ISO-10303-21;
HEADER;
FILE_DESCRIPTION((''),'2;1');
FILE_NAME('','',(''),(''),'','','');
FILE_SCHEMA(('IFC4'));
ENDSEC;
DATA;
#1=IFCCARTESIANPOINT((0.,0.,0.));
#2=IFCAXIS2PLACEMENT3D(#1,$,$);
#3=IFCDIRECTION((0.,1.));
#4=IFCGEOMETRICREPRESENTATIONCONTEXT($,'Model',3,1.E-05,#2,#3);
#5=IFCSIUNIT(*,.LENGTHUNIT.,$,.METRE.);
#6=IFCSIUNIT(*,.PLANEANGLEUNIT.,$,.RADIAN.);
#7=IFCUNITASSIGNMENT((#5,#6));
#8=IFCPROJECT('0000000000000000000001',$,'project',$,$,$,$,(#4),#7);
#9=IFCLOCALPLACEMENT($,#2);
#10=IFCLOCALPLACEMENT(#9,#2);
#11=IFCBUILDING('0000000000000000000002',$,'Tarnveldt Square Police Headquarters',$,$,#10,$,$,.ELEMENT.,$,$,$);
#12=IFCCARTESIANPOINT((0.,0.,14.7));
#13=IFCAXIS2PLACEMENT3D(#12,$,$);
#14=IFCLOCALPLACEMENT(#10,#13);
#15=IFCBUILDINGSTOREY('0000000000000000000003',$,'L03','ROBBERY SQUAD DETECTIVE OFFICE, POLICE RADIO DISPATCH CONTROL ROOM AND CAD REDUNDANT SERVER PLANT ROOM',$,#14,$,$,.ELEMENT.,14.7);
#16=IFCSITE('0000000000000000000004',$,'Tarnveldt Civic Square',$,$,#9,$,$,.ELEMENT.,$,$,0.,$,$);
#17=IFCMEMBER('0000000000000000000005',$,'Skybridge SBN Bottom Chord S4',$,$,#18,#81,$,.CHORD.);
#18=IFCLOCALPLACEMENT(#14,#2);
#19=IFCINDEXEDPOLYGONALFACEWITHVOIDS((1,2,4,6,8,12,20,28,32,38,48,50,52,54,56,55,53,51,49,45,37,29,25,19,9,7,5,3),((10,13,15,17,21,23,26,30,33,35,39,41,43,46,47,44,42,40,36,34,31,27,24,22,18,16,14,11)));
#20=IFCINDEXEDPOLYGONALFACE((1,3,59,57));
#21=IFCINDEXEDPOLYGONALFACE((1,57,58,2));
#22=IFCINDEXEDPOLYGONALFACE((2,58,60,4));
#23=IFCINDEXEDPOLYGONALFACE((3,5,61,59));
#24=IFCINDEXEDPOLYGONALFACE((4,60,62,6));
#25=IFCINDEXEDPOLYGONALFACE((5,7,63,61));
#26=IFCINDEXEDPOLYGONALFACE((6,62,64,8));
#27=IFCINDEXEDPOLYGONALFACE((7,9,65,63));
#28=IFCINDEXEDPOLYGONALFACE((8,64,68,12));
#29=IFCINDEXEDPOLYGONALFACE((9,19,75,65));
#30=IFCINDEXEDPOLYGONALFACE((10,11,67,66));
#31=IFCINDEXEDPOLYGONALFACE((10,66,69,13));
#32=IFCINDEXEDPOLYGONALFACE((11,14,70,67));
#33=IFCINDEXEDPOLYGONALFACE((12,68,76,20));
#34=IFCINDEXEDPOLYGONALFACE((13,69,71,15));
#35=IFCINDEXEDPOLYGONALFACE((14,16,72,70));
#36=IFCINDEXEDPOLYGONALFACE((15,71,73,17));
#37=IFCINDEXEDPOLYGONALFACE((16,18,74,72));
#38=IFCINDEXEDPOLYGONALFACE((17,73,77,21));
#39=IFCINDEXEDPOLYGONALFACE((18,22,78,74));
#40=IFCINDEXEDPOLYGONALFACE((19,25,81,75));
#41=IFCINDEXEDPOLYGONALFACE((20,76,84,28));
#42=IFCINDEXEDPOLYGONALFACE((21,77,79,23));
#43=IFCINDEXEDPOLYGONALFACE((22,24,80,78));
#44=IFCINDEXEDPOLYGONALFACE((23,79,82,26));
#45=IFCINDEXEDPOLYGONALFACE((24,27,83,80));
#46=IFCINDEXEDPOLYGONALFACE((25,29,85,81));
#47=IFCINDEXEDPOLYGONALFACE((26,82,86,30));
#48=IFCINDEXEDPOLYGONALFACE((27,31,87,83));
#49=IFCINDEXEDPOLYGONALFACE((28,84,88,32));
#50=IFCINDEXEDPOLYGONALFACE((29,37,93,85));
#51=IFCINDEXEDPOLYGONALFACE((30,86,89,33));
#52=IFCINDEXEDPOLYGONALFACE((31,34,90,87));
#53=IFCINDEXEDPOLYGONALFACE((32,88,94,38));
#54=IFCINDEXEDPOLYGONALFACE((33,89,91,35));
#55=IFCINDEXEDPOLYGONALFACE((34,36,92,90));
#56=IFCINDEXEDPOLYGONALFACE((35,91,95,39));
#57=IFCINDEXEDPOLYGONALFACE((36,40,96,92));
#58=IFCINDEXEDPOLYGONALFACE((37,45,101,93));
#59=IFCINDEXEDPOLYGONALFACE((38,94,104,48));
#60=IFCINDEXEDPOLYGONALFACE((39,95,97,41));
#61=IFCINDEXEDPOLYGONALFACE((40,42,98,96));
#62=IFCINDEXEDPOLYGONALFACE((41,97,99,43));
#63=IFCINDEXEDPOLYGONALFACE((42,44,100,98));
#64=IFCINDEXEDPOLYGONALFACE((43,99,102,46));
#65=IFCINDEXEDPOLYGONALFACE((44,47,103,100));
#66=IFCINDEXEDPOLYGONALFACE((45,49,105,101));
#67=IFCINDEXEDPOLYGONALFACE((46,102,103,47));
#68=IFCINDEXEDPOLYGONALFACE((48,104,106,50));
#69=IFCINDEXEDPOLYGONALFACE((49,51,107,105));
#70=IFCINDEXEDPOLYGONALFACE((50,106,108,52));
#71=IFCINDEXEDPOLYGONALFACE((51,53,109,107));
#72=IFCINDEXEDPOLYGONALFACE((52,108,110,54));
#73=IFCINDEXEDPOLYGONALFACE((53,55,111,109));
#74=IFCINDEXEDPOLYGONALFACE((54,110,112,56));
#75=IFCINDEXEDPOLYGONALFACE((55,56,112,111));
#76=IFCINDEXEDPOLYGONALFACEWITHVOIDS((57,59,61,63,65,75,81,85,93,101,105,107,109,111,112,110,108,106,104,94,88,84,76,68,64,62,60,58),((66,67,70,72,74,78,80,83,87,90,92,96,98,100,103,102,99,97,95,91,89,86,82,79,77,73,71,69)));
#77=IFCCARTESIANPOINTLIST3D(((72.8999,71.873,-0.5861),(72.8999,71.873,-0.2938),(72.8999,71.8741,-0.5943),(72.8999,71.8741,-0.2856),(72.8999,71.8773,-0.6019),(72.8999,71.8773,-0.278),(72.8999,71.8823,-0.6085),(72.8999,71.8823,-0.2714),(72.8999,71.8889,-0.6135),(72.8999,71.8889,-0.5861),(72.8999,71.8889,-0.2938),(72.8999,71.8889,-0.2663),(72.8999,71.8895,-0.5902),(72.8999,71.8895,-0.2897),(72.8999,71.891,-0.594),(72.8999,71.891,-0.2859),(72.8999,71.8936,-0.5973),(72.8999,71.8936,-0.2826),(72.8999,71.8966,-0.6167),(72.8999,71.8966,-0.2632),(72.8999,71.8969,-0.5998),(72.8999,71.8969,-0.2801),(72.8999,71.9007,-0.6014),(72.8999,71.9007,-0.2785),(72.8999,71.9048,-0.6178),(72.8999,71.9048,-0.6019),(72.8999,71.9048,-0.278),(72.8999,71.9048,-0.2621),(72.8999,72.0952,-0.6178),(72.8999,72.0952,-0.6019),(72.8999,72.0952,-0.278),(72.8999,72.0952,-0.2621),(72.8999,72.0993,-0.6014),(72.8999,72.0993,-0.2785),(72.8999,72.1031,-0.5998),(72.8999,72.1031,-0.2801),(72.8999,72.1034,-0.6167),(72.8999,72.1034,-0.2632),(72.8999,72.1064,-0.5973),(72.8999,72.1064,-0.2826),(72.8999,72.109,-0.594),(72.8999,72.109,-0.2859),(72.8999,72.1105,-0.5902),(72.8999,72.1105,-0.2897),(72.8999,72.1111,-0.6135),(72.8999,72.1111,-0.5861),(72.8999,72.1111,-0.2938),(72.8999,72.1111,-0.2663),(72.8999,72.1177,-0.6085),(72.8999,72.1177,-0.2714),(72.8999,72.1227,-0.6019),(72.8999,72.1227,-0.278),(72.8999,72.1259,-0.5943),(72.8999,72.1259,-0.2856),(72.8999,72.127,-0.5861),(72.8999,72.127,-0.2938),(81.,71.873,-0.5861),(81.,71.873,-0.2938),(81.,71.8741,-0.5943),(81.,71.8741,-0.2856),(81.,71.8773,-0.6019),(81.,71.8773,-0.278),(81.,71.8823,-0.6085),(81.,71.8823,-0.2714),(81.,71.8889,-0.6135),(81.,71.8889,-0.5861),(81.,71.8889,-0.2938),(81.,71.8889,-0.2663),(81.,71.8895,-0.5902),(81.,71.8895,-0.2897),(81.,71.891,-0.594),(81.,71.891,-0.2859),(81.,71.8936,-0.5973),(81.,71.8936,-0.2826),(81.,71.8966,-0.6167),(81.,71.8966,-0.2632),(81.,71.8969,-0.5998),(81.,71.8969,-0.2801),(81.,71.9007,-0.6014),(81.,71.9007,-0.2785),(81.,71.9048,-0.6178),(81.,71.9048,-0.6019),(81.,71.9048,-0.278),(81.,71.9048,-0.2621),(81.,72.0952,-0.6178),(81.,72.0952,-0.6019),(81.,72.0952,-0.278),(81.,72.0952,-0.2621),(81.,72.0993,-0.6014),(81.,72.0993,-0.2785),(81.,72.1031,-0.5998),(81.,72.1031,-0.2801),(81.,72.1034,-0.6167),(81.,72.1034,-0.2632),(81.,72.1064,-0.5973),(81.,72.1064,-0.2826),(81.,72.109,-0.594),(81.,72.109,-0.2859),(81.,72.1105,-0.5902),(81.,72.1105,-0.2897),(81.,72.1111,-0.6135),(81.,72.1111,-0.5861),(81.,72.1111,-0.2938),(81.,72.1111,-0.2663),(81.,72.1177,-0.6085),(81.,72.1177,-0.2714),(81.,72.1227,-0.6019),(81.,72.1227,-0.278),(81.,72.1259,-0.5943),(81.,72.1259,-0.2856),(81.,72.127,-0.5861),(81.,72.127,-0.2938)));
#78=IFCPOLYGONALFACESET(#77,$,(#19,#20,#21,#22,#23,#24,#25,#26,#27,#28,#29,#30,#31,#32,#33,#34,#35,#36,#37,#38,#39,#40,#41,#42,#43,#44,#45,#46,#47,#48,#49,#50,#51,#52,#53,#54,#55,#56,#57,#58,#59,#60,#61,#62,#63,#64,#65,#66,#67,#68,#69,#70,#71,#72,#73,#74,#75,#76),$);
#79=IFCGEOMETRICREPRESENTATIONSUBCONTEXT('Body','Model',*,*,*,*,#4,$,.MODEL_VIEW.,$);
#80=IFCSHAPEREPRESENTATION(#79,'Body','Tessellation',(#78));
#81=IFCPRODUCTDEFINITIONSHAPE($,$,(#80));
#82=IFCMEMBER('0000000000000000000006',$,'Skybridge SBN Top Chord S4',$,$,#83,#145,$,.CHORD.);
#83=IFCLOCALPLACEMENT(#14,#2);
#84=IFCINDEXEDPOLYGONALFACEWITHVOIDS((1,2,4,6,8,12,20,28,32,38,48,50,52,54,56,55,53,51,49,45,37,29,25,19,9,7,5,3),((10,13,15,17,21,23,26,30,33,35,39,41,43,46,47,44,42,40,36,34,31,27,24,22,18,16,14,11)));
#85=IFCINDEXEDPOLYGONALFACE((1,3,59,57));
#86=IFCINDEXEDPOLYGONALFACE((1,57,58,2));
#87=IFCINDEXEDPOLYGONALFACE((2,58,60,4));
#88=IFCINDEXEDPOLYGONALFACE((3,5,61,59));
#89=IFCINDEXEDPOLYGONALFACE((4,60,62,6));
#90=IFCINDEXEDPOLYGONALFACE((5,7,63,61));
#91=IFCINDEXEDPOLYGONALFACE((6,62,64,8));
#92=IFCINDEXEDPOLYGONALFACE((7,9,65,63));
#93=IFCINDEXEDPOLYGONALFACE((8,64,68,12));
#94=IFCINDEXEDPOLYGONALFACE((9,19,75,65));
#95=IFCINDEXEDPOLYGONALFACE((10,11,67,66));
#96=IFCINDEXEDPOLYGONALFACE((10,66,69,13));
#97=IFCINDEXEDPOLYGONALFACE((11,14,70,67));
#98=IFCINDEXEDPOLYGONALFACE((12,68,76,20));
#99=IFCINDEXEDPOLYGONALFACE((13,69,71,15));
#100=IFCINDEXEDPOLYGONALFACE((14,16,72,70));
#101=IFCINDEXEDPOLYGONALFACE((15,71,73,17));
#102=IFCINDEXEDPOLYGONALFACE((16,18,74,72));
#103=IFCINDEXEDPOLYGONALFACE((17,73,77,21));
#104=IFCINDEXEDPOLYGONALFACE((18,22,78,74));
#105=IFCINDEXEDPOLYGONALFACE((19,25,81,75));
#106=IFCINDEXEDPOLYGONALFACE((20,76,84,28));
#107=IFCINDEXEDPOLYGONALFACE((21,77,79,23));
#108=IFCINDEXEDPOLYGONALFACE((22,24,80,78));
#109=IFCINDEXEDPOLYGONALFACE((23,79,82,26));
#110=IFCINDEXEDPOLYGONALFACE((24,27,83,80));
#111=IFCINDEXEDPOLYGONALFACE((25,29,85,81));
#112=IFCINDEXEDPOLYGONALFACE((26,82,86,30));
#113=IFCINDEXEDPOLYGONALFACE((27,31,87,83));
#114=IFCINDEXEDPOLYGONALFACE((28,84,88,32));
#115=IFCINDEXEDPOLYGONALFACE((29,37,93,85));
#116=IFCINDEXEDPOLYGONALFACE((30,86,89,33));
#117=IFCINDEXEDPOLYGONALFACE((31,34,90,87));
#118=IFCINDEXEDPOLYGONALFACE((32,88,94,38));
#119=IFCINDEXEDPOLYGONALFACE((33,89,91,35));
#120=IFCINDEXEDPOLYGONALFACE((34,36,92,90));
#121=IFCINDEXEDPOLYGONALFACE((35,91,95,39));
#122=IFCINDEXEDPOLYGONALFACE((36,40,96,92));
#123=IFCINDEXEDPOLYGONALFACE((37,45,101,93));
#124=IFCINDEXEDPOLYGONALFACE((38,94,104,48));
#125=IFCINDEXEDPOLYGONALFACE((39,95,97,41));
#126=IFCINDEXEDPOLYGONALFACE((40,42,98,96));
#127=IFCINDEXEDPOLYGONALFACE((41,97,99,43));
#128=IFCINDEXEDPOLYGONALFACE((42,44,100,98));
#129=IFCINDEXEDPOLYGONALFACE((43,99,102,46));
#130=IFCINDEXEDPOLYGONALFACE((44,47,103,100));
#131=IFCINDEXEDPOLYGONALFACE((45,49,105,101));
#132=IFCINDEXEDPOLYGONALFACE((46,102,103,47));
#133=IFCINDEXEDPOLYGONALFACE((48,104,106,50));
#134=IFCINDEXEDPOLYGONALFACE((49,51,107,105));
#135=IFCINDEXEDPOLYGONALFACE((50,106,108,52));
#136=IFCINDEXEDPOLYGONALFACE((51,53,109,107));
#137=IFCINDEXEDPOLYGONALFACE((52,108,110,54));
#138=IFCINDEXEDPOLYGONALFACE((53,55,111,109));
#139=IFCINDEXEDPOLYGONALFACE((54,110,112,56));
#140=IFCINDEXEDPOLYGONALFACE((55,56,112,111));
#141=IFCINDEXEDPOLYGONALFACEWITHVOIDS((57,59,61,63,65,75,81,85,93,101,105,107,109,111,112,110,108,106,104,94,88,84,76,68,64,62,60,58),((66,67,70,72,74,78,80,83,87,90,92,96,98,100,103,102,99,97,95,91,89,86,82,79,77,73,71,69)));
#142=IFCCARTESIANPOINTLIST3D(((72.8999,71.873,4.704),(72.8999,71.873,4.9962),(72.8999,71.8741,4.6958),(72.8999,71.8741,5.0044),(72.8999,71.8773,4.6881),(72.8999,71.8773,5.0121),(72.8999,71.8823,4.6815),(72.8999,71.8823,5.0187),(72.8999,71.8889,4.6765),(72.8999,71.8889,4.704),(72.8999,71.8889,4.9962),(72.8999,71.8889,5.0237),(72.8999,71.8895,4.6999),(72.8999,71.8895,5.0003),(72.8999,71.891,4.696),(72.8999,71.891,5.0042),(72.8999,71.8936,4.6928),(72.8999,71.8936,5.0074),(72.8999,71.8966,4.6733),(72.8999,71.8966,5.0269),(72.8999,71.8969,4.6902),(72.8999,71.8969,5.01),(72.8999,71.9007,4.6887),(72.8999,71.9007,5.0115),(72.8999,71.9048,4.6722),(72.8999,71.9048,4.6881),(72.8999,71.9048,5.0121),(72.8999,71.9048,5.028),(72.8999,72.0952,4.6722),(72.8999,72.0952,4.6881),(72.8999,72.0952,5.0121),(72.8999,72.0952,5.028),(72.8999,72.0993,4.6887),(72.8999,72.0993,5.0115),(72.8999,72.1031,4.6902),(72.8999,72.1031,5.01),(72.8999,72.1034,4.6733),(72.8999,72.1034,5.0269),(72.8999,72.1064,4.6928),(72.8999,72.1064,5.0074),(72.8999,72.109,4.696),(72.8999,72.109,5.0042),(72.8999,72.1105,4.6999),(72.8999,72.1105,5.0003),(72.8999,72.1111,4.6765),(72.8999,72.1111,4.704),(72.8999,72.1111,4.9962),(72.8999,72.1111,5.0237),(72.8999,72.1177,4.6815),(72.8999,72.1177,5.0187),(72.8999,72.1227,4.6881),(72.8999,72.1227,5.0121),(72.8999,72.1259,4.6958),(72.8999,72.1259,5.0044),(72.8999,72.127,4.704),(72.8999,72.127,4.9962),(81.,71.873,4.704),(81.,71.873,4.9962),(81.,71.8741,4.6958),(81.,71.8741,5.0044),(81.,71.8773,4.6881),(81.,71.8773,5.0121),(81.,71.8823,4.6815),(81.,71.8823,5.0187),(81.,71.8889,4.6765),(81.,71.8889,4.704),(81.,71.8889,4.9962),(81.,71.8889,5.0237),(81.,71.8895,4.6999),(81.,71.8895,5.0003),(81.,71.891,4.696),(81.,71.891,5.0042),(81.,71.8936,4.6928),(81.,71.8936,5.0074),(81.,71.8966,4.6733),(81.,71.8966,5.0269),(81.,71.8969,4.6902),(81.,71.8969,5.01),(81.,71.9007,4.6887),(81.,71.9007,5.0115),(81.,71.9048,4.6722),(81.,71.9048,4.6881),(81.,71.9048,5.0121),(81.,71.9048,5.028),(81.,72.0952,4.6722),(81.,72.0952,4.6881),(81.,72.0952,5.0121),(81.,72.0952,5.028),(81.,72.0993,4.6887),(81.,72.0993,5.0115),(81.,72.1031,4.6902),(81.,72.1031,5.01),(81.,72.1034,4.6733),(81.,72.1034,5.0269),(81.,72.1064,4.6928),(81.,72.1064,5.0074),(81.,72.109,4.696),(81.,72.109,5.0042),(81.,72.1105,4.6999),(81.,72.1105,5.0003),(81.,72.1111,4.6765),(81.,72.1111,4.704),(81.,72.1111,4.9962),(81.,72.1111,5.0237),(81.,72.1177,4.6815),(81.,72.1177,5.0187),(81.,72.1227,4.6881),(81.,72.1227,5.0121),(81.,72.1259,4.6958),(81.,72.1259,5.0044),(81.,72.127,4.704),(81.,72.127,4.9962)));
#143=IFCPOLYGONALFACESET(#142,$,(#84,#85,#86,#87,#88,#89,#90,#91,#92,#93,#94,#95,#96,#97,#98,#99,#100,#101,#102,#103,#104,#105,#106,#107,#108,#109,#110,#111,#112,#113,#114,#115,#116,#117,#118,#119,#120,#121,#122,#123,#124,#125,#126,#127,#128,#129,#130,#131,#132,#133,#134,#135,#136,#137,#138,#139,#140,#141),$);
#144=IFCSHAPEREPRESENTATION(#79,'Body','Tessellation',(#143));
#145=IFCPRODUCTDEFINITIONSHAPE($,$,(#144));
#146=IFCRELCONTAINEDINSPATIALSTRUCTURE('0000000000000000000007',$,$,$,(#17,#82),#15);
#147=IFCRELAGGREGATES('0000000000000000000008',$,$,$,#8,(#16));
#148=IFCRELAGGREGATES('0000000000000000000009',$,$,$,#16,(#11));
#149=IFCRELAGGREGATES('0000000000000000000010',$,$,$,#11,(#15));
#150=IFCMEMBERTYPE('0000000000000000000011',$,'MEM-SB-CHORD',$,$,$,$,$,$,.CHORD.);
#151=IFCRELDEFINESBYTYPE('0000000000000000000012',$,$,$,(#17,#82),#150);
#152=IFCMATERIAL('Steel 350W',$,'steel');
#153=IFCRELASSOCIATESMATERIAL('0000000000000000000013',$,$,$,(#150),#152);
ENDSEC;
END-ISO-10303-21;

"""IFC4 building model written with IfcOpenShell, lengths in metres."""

from ifc_helpers import new_model, si_unit, direction, frame, origin, origin_2d, place, context, subcontext, project, spatial, hollow_rectangle, extrude, material, material_profile, profile_set, type_object, element, save


model = new_model("IFC4")

# Units and contexts
model_context = context("Model", 3, precision=1e-05, world=origin(), true_north=direction((0.0, 1.0)))
body_context = subcontext(model_context, "Body", "Model", "MODEL_VIEW")
ifc_project = project(units=[si_unit("LENGTHUNIT", "METRE"), si_unit("PLANEANGLEUNIT", "RADIAN")], contexts=[model_context])

# Site, building, storey
site_placement = place(None, origin())
site = spatial("IfcSite", under=ifc_project, at=site_placement, Name="Tarnveldt Civic Square", CompositionType="ELEMENT", RefElevation=0.0)
building_placement = place(site_placement, origin())
building = spatial("IfcBuilding", under=site, at=building_placement, Name="Tarnveldt Square Police Headquarters", CompositionType="ELEMENT")
storey_placement = place(building_placement, frame((0.0, 0.0, 14.7)))
storey = spatial("IfcBuildingStorey", under=building, at=storey_placement, Name="L03", Description="ROBBERY SQUAD DETECTIVE OFFICE, POLICE RADIO DISPATCH CONTROL ROOM AND CAD REDUNDANT SERVER PLANT ROOM", CompositionType="ELEMENT", Elevation=14.7)

# Shared definitions
ifc_material_1 = material(Name="Steel 350W", Category="steel")

# Members
ifc_material_profile_1 = material_profile(ifc_material_1, hollow_rectangle(XDim=0.2539, YDim=0.3557, WallThickness=0.0159, InnerFilletRadius=0.0159, OuterFilletRadius=0.0317, at=origin_2d()), Name="HSS356x254x16")
ifc_profile_set_1 = profile_set([ifc_material_profile_1], Name="Steel 350W")
member_type_1 = type_object("IfcMemberType", Name="MEM-SB-CHORD", PredefinedType="CHORD", material=ifc_profile_set_1)
for number, where, z_axis, x_axis, name in (
    (1, (72.8999, 72.0, -0.4399), (1.0, 0.0, 0.0), (0.0, 1.0, 0.0), "Skybridge SBN Bottom Chord S4"),
    (2, (72.8999, 72.0, 4.8501), (1.0, 0.0, 0.0), (0.0, 1.0, 0.0), "Skybridge SBN Top Chord S4"),
):
    element("IfcMember", number, at=place(storey_placement, frame(where, z_axis=z_axis, x_axis=x_axis)), inside=storey, type_object=member_type_1, Name=name, PredefinedType="CHORD", context=body_context, shape_type="SweptSolid", body=[
        extrude(hollow_rectangle(XDim=0.2539, YDim=0.3557, WallThickness=0.0159, InnerFilletRadius=0.0159, OuterFilletRadius=0.0317, at=origin_2d()), origin(), (0.0, 0.0, 1.0), 8.1001),
    ])

save(model, "model.ifc")
